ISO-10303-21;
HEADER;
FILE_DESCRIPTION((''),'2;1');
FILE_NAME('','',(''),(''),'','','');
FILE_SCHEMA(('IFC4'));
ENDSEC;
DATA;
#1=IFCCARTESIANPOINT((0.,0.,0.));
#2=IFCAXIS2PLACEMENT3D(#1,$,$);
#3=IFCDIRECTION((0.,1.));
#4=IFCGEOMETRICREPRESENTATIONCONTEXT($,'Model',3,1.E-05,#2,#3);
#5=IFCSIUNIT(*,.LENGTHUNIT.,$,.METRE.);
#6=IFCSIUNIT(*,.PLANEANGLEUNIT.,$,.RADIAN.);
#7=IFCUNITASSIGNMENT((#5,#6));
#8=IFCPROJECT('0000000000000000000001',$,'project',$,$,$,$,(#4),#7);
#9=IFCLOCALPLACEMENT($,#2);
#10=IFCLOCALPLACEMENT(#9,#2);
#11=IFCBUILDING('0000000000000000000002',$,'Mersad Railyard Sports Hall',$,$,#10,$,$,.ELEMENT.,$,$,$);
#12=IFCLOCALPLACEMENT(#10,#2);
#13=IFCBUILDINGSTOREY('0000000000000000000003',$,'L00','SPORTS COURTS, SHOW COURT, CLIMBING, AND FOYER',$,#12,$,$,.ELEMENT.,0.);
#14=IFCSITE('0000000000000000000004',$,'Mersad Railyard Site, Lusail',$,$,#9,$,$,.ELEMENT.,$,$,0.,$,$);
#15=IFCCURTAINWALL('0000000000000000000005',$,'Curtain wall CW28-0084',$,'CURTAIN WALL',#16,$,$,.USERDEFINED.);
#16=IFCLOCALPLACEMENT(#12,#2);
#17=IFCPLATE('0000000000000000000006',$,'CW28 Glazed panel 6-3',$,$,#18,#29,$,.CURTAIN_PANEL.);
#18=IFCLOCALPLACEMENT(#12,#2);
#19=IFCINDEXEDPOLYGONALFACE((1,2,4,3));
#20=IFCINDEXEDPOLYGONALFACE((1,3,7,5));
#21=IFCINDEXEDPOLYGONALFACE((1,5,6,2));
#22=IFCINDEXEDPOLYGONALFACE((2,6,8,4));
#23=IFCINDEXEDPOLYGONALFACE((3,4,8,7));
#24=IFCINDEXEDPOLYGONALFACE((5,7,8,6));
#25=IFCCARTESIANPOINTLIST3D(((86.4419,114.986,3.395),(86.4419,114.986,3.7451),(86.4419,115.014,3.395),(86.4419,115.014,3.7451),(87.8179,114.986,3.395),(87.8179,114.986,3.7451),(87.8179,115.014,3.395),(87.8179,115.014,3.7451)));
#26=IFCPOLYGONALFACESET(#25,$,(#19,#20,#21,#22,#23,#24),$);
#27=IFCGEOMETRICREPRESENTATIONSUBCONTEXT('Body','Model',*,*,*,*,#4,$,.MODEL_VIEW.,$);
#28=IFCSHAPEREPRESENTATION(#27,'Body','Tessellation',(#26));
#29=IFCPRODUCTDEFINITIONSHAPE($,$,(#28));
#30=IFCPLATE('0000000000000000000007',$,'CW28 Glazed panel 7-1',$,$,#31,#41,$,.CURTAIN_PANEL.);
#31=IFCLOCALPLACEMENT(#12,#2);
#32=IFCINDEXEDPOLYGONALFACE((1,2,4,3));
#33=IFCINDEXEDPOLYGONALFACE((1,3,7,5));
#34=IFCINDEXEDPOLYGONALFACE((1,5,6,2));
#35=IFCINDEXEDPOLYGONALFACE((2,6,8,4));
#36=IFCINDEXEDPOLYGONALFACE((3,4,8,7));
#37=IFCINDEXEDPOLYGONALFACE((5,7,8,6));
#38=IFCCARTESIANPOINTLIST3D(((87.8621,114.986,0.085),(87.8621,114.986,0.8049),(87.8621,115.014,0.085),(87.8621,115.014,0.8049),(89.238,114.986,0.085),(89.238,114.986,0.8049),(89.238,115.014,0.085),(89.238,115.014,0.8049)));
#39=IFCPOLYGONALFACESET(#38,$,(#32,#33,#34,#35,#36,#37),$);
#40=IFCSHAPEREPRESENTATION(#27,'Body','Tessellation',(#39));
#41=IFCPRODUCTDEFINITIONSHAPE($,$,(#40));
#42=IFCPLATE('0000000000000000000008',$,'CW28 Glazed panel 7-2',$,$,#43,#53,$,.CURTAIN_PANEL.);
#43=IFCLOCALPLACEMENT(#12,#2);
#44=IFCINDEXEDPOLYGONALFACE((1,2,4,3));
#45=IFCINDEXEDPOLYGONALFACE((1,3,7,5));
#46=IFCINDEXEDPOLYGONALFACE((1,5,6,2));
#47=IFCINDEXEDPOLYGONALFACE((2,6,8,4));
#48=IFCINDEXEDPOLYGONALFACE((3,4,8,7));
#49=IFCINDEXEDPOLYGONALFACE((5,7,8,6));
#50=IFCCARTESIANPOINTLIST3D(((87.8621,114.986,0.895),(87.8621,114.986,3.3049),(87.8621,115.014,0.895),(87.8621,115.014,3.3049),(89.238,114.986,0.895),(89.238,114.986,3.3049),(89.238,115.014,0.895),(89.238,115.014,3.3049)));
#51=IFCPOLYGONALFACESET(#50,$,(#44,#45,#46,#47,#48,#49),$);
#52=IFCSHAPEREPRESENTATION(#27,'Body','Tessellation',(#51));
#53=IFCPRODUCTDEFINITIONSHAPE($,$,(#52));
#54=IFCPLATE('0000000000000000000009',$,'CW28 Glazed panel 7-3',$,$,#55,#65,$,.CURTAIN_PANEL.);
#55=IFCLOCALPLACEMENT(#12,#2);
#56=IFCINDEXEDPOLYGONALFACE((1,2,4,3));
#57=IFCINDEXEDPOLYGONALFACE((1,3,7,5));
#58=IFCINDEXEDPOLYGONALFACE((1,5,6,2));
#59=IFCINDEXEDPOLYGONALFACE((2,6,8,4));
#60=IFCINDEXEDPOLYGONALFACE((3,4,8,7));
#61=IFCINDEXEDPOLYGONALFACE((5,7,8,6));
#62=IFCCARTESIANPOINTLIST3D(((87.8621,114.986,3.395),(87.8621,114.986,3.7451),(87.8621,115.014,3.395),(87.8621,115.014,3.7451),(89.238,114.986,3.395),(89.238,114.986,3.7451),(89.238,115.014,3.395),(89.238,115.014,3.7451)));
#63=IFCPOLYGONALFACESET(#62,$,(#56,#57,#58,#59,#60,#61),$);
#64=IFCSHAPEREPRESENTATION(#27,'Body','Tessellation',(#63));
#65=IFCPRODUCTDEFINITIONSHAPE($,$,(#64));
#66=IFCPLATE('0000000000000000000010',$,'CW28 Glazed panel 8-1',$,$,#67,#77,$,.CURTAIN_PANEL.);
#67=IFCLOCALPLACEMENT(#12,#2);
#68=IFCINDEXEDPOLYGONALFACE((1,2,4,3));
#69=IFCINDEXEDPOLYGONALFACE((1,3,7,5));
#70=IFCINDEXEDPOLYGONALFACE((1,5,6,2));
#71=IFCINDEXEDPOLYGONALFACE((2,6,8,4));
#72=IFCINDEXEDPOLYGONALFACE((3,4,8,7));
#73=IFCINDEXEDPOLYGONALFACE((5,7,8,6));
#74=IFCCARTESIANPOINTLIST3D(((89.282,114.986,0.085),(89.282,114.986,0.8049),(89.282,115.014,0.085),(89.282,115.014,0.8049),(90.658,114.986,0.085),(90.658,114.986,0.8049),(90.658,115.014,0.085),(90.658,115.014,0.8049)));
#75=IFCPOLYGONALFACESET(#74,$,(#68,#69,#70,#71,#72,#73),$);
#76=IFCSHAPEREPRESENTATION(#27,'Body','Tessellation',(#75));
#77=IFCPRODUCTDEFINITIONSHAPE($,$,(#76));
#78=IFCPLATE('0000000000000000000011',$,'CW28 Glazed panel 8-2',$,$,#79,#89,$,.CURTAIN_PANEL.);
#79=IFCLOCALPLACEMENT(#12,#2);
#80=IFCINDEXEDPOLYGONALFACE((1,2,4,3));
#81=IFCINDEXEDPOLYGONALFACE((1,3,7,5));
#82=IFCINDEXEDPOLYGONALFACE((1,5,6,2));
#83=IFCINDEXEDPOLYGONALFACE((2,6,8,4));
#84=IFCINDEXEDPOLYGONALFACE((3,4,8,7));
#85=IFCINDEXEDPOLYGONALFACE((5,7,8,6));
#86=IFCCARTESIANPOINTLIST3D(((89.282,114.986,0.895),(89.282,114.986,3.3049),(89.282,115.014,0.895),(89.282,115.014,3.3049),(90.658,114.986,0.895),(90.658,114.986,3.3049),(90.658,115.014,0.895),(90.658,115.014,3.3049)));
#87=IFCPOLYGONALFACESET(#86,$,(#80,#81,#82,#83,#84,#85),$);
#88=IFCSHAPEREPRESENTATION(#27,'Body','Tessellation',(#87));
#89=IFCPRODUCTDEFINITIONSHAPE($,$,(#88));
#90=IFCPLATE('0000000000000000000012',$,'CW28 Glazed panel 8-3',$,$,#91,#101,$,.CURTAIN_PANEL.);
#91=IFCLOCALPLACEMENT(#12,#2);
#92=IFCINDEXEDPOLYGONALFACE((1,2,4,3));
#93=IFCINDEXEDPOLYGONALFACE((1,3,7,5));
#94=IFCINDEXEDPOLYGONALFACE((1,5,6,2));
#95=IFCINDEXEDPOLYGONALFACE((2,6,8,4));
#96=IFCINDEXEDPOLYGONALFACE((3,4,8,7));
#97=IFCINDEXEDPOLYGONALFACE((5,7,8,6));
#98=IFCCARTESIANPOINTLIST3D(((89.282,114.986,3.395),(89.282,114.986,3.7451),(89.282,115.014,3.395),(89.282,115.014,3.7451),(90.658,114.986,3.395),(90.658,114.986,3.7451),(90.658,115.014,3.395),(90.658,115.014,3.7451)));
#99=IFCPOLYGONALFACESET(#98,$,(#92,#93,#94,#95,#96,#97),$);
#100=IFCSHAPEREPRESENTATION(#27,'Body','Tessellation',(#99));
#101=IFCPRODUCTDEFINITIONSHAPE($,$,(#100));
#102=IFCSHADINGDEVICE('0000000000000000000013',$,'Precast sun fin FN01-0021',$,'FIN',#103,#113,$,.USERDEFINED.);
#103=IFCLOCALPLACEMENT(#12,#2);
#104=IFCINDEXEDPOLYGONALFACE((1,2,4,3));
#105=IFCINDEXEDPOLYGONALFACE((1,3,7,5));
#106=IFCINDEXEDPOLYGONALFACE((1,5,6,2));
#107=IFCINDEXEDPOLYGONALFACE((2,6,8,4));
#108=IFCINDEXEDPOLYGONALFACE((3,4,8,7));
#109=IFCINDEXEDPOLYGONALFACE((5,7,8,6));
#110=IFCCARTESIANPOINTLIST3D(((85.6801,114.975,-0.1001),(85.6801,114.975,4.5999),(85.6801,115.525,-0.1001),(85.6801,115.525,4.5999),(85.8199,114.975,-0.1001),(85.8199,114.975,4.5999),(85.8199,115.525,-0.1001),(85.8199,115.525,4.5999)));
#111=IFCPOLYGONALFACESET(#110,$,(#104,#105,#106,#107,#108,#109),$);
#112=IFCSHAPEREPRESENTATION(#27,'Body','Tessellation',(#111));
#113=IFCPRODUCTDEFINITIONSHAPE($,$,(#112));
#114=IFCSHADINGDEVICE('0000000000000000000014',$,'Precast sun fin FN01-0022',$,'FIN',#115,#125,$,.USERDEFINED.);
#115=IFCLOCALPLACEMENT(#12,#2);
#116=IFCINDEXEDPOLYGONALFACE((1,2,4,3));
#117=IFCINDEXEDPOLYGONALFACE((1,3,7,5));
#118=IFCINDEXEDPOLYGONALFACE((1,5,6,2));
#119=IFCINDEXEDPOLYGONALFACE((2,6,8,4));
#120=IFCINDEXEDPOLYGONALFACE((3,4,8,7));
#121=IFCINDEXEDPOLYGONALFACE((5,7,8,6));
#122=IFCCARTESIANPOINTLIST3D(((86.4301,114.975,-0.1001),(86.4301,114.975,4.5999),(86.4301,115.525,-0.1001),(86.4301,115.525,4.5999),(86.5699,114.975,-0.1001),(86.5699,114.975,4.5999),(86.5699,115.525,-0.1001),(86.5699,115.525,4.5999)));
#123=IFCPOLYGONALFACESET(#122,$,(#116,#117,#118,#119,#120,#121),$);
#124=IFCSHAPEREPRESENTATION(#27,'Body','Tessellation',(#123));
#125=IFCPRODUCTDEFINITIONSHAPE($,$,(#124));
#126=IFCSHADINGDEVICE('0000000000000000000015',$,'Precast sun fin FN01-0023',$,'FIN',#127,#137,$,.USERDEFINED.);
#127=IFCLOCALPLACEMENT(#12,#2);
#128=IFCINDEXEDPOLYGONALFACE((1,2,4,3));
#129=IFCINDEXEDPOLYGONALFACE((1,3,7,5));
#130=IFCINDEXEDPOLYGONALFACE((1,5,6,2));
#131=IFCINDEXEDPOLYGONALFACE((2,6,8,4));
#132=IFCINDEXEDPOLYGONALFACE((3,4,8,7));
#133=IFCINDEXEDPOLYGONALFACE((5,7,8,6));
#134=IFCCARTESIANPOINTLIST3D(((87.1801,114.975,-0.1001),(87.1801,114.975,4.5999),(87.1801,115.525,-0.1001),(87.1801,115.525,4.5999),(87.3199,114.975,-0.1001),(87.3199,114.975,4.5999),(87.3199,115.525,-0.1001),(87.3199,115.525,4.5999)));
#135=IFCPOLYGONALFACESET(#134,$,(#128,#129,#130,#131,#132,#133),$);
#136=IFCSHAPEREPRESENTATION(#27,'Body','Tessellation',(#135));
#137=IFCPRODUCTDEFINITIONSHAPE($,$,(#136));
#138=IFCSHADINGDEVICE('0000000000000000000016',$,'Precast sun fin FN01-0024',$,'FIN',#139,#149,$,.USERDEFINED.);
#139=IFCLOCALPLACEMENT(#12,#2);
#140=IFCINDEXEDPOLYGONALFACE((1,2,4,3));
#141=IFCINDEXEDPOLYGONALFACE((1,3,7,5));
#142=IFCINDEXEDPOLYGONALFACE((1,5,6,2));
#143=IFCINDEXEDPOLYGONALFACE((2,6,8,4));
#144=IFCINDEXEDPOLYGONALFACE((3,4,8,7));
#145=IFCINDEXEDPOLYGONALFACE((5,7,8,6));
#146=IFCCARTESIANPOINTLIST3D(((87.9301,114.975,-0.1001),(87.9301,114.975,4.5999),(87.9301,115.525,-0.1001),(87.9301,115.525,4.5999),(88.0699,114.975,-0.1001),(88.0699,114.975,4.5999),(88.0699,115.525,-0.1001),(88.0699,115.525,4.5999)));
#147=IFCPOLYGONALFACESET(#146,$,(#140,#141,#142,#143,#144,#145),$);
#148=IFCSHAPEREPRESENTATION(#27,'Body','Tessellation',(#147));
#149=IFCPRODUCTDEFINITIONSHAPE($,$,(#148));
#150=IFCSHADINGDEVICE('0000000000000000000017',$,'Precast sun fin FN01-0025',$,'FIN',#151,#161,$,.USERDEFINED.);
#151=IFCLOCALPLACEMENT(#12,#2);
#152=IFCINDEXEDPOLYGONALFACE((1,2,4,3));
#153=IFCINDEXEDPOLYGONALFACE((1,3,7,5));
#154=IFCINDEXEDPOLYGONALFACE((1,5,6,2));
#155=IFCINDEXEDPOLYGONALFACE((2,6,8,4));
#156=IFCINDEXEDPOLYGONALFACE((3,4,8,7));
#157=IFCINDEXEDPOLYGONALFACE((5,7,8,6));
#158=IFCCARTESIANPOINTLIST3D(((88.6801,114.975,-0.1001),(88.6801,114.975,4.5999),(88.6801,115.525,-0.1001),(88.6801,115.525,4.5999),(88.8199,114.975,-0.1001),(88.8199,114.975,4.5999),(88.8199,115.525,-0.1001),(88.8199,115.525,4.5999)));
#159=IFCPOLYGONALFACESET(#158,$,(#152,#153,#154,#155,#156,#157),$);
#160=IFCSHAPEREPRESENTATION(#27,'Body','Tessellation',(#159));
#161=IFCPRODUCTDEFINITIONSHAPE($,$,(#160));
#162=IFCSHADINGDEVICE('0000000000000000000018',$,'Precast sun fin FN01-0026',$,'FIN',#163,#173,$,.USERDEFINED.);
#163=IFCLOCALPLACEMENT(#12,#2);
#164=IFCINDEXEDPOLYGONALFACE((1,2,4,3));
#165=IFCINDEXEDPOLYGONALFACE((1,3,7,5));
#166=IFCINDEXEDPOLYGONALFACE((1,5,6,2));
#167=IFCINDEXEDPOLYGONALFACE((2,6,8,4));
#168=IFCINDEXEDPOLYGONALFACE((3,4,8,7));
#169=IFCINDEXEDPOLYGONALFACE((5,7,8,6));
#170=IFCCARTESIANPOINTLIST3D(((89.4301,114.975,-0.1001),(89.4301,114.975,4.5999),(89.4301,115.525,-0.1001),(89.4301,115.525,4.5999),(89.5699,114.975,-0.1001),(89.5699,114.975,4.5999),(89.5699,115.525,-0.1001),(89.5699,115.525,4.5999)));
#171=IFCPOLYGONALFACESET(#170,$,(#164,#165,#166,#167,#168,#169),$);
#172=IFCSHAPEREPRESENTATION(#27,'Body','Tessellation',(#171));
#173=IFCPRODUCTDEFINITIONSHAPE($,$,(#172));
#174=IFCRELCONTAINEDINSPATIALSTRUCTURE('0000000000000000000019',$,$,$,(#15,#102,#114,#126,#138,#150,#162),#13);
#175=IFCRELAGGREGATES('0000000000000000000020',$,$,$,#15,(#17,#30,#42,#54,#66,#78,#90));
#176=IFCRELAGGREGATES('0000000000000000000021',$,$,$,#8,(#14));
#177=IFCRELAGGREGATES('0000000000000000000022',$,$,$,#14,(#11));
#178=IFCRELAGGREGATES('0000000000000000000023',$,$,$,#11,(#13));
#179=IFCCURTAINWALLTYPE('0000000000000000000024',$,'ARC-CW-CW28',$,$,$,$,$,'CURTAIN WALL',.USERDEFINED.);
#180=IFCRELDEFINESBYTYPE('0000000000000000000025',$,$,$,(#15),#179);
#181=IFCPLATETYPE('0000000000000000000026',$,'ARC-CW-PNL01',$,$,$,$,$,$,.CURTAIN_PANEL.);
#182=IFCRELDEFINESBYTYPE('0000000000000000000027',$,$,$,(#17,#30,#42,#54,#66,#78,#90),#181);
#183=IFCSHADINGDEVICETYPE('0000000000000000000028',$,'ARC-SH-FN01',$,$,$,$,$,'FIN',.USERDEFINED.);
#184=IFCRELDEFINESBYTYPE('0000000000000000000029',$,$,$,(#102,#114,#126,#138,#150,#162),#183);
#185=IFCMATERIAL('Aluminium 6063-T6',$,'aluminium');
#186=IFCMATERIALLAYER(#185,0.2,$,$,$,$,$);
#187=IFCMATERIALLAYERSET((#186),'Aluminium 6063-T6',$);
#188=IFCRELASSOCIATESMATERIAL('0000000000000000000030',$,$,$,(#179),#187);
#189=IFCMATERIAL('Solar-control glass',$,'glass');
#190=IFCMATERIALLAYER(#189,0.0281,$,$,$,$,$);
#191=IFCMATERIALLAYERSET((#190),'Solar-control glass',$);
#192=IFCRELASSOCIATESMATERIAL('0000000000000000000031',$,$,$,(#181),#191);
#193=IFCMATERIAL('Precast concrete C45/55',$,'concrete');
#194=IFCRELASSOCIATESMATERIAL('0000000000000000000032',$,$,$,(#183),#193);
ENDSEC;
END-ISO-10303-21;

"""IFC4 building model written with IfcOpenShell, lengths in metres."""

from ifc_helpers import new_model, si_unit, direction, frame, origin, origin_2d, place, context, subcontext, project, spatial, rectangle, extrude, material, layer, layer_set, type_object, element, aggregate, save


model = new_model("IFC4")

# Units and contexts
model_context = context("Model", 3, precision=1e-05, world=origin(), true_north=direction((0.0, 1.0)))
body_context = subcontext(model_context, "Body", "Model", "MODEL_VIEW")
ifc_project = project(units=[si_unit("LENGTHUNIT", "METRE"), si_unit("PLANEANGLEUNIT", "RADIAN")], contexts=[model_context])

# Site, building, storey
site_placement = place(None, origin())
site = spatial("IfcSite", under=ifc_project, at=site_placement, Name="Mersad Railyard Site, Lusail", CompositionType="ELEMENT", RefElevation=0.0)
building_placement = place(site_placement, origin())
building = spatial("IfcBuilding", under=site, at=building_placement, Name="Mersad Railyard Sports Hall", CompositionType="ELEMENT")
storey_placement = place(building_placement, origin())
storey = spatial("IfcBuildingStorey", under=building, at=storey_placement, Name="L00", Description="SPORTS COURTS, SHOW COURT, CLIMBING, AND FOYER", CompositionType="ELEMENT", Elevation=0.0)

# Curtain wall, plates
ifc_material_1 = material(Name="Aluminium 6063-T6", Category="aluminium")
ifc_layer_1 = layer(ifc_material_1, 0.2)
ifc_layer_set_1 = layer_set([ifc_layer_1], Name="Aluminium 6063-T6")
curtain_wall_type = type_object("IfcCurtainWallType", Name="ARC-CW-CW28", ElementType="CURTAIN WALL", PredefinedType="USERDEFINED", material=ifc_layer_set_1)
curtain_wall_placement = place(storey_placement, origin())
curtain_wall = element("IfcCurtainWall", 1, at=curtain_wall_placement, inside=storey, type_object=curtain_wall_type, Name="Curtain wall CW28-0084", ObjectType="CURTAIN WALL", PredefinedType="USERDEFINED")
ifc_material_2 = material(Name="Solar-control glass", Category="glass")
ifc_layer_2 = layer(ifc_material_2, 0.0281)
ifc_layer_set_2 = layer_set([ifc_layer_2], Name="Solar-control glass")
plate_type = type_object("IfcPlateType", Name="ARC-CW-PNL01", PredefinedType="CURTAIN_PANEL", material=ifc_layer_set_2)
plate_1_placement = place(storey_placement, frame((87.1299, 115.0, 3.395), z_axis=(0.0, 0.0, 1.0), x_axis=(1.0, 0.0, 0.0)))
plate_1 = element("IfcPlate", 2, at=plate_1_placement, type_object=plate_type, Name="CW28 Glazed panel 6-3", PredefinedType="CURTAIN_PANEL", context=body_context, shape_type="SweptSolid", body=[
    extrude(rectangle(XDim=1.376, YDim=0.0281, at=origin_2d()), origin(), (0.0, 0.0, 1.0), 0.3501),
])
plate_2_placement = place(storey_placement, frame((88.55, 115.0, 0.085), z_axis=(0.0, 0.0, 1.0), x_axis=(1.0, 0.0, 0.0)))
plate_2 = element("IfcPlate", 3, at=plate_2_placement, type_object=plate_type, Name="CW28 Glazed panel 7-1", PredefinedType="CURTAIN_PANEL", context=body_context, shape_type="SweptSolid", body=[
    extrude(rectangle(XDim=1.376, YDim=0.0281, at=origin_2d()), origin(), (0.0, 0.0, 1.0), 0.72),
])
plate_3_placement = place(storey_placement, frame((88.55, 115.0, 0.895), z_axis=(0.0, 0.0, 1.0), x_axis=(1.0, 0.0, 0.0)))
plate_3 = element("IfcPlate", 4, at=plate_3_placement, type_object=plate_type, Name="CW28 Glazed panel 7-2", PredefinedType="CURTAIN_PANEL", context=body_context, shape_type="SweptSolid", body=[
    extrude(rectangle(XDim=1.376, YDim=0.0281, at=origin_2d()), origin(), (0.0, 0.0, 1.0), 2.4099),
])
plate_4_placement = place(storey_placement, frame((88.55, 115.0, 3.395), z_axis=(0.0, 0.0, 1.0), x_axis=(1.0, 0.0, 0.0)))
plate_4 = element("IfcPlate", 5, at=plate_4_placement, type_object=plate_type, Name="CW28 Glazed panel 7-3", PredefinedType="CURTAIN_PANEL", context=body_context, shape_type="SweptSolid", body=[
    extrude(rectangle(XDim=1.376, YDim=0.0281, at=origin_2d()), origin(), (0.0, 0.0, 1.0), 0.3501),
])
plate_5_placement = place(storey_placement, frame((89.97, 115.0, 0.085), z_axis=(0.0, 0.0, 1.0), x_axis=(1.0, 0.0, 0.0)))
plate_5 = element("IfcPlate", 6, at=plate_5_placement, type_object=plate_type, Name="CW28 Glazed panel 8-1", PredefinedType="CURTAIN_PANEL", context=body_context, shape_type="SweptSolid", body=[
    extrude(rectangle(XDim=1.376, YDim=0.0281, at=origin_2d()), origin(), (0.0, 0.0, 1.0), 0.72),
])
plate_6_placement = place(storey_placement, frame((89.97, 115.0, 0.895), z_axis=(0.0, 0.0, 1.0), x_axis=(1.0, 0.0, 0.0)))
plate_6 = element("IfcPlate", 7, at=plate_6_placement, type_object=plate_type, Name="CW28 Glazed panel 8-2", PredefinedType="CURTAIN_PANEL", context=body_context, shape_type="SweptSolid", body=[
    extrude(rectangle(XDim=1.376, YDim=0.0281, at=origin_2d()), origin(), (0.0, 0.0, 1.0), 2.4099),
])
plate_7_placement = place(storey_placement, frame((89.97, 115.0, 3.395), z_axis=(0.0, 0.0, 1.0), x_axis=(1.0, 0.0, 0.0)))
plate_7 = element("IfcPlate", 8, at=plate_7_placement, type_object=plate_type, Name="CW28 Glazed panel 8-3", PredefinedType="CURTAIN_PANEL", context=body_context, shape_type="SweptSolid", body=[
    extrude(rectangle(XDim=1.376, YDim=0.0281, at=origin_2d()), origin(), (0.0, 0.0, 1.0), 0.3501),
])
aggregate(curtain_wall, [plate_1, plate_2, plate_3, plate_4, plate_5, plate_6, plate_7])

# Shading devices
ifc_material_3 = material(Name="Precast concrete C45/55", Category="concrete")
shading_device_type = type_object("IfcShadingDeviceType", Name="ARC-SH-FN01", ElementType="FIN", PredefinedType="USERDEFINED", material=ifc_material_3)
for number, where, z_axis, x_axis, name in (
    (9, (85.75, 115.25, -0.1001), (0.0, 0.0, 1.0), (1.0, 0.0, 0.0), "Precast sun fin FN01-0021"),
    (10, (86.5, 115.25, -0.1001), (0.0, 0.0, 1.0), (1.0, 0.0, 0.0), "Precast sun fin FN01-0022"),
    (11, (87.25, 115.25, -0.1001), (0.0, 0.0, 1.0), (1.0, 0.0, 0.0), "Precast sun fin FN01-0023"),
    (12, (88.0, 115.25, -0.1001), (0.0, 0.0, 1.0), (1.0, 0.0, 0.0), "Precast sun fin FN01-0024"),
    (13, (88.75, 115.25, -0.1001), (0.0, 0.0, 1.0), (1.0, 0.0, 0.0), "Precast sun fin FN01-0025"),
    (14, (89.5, 115.25, -0.1001), (0.0, 0.0, 1.0), (1.0, 0.0, 0.0), "Precast sun fin FN01-0026"),
):
    element("IfcShadingDevice", number, at=place(storey_placement, frame(where, z_axis=z_axis, x_axis=x_axis)), inside=storey, type_object=shading_device_type, Name=name, ObjectType="FIN", PredefinedType="USERDEFINED", context=body_context, shape_type="SweptSolid", body=[
        extrude(rectangle(XDim=0.1399, YDim=0.55, at=origin_2d()), origin(), (0.0, 0.0, 1.0), 4.7),
    ])

save(model, "model.ifc")
